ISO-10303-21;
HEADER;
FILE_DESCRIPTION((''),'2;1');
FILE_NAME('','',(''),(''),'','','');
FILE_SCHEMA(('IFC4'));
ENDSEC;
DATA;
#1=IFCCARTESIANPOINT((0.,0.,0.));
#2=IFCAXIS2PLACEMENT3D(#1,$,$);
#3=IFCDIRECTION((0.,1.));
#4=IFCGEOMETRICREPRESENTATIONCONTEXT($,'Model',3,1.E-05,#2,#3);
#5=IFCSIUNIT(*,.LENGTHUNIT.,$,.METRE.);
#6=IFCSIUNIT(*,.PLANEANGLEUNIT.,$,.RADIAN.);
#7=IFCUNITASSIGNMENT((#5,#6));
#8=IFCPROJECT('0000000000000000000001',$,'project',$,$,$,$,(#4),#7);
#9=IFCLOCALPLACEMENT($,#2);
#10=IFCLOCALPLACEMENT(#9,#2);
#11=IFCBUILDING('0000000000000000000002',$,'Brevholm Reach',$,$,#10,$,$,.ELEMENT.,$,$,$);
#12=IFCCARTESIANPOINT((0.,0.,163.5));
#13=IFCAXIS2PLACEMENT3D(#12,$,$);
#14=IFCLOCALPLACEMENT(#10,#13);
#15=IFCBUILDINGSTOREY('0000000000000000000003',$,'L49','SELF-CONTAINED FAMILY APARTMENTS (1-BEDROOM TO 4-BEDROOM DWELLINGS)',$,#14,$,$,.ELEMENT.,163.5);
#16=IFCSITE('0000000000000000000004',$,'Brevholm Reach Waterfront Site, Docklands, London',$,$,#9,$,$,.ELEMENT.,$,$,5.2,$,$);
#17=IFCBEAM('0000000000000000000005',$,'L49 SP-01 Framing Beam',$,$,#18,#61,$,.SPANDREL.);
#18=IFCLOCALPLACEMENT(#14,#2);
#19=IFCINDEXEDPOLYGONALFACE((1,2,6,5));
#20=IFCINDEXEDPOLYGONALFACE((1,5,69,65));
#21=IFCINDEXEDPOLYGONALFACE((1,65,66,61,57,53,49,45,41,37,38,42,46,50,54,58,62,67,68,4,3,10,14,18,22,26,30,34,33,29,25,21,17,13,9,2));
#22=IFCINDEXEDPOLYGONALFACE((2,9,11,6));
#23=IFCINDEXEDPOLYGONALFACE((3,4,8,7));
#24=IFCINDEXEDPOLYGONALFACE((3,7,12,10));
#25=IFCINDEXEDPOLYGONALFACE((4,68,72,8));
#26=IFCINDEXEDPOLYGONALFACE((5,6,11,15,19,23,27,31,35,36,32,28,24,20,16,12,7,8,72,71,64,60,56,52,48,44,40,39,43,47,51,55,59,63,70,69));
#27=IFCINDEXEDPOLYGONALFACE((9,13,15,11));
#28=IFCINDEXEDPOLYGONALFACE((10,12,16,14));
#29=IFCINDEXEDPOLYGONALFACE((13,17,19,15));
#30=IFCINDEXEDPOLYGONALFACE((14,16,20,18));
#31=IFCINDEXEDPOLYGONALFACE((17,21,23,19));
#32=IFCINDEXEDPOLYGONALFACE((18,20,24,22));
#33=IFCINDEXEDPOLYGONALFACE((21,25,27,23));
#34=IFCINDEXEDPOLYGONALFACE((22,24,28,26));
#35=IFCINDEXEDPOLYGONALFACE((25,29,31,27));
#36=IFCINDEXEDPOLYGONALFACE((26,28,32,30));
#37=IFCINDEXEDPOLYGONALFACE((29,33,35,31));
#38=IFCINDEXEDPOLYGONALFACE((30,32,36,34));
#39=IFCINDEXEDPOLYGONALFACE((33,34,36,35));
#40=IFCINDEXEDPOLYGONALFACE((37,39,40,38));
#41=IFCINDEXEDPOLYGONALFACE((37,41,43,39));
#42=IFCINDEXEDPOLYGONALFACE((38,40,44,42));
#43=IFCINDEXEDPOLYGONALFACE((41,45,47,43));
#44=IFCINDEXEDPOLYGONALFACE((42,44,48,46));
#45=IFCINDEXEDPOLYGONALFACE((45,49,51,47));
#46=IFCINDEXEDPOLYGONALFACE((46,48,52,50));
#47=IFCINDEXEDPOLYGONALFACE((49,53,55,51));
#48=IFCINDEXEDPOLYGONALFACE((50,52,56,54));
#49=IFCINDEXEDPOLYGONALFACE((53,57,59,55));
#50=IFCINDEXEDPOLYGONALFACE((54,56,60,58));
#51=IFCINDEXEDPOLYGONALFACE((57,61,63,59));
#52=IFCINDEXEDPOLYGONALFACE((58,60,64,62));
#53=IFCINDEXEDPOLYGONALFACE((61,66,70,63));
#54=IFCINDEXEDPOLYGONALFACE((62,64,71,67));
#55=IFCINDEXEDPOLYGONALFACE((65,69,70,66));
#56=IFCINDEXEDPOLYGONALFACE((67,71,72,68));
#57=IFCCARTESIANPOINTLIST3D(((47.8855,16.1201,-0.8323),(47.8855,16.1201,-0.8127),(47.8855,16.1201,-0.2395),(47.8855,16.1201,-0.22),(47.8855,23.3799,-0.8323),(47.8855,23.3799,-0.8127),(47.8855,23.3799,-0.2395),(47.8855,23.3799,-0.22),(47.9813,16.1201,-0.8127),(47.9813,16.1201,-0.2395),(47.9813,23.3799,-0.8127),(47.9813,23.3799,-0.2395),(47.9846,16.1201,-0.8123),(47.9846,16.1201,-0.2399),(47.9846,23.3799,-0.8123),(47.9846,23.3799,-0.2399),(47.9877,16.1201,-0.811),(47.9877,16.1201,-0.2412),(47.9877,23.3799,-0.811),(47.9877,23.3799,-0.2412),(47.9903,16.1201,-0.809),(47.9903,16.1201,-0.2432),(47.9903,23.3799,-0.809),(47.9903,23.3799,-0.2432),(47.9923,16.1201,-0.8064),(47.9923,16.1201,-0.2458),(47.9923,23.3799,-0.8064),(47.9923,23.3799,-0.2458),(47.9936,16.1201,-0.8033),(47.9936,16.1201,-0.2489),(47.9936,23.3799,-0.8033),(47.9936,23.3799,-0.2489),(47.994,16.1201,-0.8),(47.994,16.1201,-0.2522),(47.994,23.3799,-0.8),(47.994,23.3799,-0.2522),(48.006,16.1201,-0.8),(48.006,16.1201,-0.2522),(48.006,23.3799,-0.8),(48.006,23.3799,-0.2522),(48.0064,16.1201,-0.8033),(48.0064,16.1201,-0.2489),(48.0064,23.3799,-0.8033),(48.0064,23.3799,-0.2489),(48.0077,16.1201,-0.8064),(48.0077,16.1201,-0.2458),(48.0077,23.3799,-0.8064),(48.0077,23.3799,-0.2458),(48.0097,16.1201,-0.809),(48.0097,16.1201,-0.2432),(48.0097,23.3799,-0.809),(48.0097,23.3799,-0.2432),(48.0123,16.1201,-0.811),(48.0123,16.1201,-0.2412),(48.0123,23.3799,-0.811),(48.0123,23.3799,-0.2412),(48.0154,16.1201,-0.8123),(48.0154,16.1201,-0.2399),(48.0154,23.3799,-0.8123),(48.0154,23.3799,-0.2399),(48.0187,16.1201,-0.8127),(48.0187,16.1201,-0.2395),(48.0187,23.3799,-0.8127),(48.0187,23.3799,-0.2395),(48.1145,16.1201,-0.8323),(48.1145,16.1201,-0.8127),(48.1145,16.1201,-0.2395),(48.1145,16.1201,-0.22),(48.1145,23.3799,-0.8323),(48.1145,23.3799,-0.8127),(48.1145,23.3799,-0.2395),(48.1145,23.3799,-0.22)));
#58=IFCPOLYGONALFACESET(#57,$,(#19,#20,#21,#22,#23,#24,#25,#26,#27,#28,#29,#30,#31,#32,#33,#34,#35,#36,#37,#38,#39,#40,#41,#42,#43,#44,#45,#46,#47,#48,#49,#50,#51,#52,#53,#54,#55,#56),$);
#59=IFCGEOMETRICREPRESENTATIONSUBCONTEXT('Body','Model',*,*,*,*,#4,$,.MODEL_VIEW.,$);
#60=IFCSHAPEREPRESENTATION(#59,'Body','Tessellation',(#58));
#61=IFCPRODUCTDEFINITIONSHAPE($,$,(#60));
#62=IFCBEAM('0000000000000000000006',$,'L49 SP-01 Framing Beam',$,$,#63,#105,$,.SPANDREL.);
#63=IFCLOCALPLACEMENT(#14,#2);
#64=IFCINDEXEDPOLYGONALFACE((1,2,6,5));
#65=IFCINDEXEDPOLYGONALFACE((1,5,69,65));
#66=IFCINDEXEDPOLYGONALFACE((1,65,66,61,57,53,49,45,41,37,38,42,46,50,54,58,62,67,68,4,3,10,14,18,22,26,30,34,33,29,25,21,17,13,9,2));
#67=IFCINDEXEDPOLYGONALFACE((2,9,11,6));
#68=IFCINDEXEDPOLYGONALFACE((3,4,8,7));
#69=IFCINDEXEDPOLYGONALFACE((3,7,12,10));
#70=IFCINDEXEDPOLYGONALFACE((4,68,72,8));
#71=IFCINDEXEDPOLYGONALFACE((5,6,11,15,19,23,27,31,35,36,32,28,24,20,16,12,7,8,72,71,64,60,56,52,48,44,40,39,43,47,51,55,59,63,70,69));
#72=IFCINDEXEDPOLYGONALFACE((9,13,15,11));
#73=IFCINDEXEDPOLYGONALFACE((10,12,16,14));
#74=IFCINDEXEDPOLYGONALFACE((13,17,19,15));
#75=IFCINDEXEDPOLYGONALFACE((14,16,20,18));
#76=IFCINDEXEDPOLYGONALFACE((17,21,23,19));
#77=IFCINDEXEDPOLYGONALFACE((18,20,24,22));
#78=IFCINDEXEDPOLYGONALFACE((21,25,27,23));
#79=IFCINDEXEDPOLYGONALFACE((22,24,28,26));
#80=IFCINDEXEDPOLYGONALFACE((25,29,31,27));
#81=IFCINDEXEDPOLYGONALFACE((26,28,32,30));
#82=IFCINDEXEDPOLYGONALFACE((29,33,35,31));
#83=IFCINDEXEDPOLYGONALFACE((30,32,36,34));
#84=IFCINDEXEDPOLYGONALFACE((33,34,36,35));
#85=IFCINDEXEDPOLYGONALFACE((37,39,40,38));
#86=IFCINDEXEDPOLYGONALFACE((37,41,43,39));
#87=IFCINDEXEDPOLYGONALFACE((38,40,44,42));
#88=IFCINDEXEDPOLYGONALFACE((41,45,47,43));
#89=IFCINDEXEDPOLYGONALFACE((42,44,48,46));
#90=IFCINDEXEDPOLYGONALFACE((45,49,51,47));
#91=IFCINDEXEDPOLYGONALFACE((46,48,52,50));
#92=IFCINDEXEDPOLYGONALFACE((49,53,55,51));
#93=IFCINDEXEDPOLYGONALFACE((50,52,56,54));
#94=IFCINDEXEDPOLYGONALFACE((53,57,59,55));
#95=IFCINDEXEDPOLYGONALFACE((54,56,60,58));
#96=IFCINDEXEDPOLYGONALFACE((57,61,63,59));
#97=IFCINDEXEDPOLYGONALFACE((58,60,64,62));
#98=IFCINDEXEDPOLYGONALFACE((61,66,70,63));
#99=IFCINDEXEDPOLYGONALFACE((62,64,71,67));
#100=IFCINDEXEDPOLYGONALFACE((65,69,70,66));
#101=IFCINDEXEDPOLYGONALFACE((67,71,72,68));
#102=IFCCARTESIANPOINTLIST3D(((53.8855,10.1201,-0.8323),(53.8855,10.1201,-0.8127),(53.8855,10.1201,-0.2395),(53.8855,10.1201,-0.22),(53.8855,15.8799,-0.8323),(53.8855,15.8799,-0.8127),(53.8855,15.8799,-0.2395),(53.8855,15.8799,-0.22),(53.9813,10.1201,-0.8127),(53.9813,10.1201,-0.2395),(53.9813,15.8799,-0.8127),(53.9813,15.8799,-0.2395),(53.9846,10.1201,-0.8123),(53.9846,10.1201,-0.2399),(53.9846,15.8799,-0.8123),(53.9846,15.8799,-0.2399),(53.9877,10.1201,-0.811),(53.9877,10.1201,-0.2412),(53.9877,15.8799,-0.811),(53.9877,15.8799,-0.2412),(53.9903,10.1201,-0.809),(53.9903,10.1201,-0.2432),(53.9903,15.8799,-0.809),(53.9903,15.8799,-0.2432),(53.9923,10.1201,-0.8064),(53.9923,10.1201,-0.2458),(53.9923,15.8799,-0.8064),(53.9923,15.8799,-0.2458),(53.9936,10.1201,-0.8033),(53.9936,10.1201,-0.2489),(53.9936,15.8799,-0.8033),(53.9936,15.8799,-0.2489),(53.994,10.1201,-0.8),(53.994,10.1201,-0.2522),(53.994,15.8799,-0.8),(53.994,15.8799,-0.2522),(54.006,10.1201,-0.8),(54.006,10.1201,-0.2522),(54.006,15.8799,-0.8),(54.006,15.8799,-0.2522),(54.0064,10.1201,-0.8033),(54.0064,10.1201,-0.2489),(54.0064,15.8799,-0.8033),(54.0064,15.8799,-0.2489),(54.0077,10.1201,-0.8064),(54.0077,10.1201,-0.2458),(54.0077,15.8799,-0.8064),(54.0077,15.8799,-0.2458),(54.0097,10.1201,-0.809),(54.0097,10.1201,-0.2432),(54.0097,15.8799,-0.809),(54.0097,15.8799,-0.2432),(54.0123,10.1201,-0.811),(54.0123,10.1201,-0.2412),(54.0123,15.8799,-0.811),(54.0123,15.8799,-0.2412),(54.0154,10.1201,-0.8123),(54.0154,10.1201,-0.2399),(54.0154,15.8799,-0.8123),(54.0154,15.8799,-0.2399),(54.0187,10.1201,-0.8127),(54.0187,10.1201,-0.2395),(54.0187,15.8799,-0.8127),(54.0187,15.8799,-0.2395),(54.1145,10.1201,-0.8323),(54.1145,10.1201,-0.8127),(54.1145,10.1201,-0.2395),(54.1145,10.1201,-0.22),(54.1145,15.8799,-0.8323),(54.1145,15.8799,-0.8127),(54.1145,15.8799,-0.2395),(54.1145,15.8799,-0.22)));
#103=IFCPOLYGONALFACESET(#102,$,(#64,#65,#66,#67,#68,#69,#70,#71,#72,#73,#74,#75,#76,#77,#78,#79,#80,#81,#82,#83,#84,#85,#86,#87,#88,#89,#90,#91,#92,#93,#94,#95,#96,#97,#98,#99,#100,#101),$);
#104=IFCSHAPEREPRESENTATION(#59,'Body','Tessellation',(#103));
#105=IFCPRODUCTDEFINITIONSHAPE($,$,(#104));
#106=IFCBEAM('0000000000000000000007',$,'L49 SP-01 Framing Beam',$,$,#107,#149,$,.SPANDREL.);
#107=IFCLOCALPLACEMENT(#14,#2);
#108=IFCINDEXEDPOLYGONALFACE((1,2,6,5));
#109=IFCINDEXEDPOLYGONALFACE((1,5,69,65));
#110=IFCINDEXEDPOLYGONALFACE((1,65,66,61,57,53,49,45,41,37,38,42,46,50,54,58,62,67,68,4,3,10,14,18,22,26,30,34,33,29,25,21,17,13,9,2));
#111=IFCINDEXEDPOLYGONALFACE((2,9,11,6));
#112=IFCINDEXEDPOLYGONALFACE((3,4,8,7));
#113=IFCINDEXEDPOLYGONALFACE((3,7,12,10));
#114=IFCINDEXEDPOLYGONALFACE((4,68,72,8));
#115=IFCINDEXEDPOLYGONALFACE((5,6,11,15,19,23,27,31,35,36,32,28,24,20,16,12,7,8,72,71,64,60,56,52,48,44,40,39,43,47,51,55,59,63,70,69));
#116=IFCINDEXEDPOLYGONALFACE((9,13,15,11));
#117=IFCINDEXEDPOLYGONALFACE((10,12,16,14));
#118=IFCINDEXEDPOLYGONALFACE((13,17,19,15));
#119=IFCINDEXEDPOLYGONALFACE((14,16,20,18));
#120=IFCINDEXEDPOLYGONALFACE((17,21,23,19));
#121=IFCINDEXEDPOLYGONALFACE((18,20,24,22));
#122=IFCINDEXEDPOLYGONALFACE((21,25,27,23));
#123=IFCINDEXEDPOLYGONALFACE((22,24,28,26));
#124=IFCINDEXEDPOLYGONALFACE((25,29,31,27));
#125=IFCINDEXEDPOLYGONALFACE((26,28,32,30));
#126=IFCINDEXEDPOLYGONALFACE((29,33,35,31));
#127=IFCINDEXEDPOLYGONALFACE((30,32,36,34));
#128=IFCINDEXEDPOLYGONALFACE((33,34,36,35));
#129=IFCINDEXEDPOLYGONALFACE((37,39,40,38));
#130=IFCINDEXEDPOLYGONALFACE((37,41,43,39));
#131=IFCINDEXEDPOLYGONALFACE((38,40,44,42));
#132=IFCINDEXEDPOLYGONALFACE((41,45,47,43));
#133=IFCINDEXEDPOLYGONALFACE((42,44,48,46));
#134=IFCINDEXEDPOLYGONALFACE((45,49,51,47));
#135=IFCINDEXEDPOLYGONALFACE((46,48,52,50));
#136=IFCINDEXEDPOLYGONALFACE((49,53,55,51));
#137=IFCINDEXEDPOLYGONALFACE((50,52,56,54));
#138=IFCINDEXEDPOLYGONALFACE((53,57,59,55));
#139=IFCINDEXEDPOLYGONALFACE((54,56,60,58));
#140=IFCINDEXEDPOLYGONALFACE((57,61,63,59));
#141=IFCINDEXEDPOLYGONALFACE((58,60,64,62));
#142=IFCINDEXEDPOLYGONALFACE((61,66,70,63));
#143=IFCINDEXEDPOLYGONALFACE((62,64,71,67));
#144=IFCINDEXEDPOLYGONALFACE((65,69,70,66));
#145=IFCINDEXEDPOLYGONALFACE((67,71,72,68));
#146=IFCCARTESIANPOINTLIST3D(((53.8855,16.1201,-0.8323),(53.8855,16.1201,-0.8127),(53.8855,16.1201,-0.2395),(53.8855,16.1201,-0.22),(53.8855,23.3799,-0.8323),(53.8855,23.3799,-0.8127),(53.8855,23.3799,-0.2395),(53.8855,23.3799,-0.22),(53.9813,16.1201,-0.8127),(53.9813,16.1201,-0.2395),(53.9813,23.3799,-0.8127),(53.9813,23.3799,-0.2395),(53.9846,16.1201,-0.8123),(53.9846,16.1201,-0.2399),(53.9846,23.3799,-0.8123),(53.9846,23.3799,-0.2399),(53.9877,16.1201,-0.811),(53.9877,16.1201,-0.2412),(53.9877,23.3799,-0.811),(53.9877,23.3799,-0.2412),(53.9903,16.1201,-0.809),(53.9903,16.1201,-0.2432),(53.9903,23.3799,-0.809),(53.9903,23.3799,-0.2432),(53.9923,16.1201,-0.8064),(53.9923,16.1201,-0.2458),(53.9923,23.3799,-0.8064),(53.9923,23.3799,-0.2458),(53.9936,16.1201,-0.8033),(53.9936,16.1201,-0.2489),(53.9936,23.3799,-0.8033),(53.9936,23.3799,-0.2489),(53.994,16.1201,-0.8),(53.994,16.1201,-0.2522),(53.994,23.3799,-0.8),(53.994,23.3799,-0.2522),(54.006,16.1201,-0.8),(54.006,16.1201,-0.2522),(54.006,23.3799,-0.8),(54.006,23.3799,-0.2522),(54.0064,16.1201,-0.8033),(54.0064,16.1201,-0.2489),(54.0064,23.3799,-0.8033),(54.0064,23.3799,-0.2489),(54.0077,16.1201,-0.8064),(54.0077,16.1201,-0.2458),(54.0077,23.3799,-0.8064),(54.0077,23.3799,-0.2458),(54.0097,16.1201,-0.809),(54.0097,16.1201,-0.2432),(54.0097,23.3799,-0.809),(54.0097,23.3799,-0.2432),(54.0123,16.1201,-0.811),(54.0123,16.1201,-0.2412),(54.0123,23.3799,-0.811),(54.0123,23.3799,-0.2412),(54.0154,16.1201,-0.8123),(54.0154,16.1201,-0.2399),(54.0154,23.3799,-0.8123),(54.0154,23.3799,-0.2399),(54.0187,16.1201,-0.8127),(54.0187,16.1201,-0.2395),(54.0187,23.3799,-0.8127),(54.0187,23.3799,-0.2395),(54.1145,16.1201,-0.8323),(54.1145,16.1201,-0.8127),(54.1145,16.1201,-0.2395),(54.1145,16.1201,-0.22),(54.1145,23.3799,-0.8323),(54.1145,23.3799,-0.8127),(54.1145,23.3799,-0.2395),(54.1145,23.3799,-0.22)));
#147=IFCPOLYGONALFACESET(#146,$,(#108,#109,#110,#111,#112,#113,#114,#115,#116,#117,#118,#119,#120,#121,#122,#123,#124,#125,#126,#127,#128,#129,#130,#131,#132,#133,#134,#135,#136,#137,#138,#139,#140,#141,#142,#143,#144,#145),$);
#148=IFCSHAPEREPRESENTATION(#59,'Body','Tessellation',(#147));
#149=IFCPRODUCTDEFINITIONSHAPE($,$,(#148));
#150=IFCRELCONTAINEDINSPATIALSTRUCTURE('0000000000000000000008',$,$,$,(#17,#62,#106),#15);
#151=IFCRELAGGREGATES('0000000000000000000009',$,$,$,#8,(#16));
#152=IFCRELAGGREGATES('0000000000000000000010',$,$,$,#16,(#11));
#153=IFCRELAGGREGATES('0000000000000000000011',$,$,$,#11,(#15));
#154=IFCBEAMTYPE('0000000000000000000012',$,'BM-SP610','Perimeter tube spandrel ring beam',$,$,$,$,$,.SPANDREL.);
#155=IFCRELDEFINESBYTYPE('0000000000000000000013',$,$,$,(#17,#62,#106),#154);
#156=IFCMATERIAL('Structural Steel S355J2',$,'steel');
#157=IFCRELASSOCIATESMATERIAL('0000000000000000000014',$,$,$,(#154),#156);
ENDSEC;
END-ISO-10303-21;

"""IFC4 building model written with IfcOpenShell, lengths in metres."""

from ifc_helpers import new_model, si_unit, direction, frame, origin, origin_2d, place, context, subcontext, project, spatial, i_section, extrude, material, material_profile, profile_set, type_object, element, save


model = new_model("IFC4")

# Units and contexts
model_context = context("Model", 3, precision=1e-05, world=origin(), true_north=direction((0.0, 1.0)))
body_context = subcontext(model_context, "Body", "Model", "MODEL_VIEW")
ifc_project = project(units=[si_unit("LENGTHUNIT", "METRE"), si_unit("PLANEANGLEUNIT", "RADIAN")], contexts=[model_context])

# Site, building, storey
site_placement = place(None, origin())
site = spatial("IfcSite", under=ifc_project, at=site_placement, Name="Brevholm Reach Waterfront Site, Docklands, London", CompositionType="ELEMENT", RefElevation=5.2)
building_placement = place(site_placement, origin())
building = spatial("IfcBuilding", under=site, at=building_placement, Name="Brevholm Reach", CompositionType="ELEMENT")
storey_placement = place(building_placement, frame((0.0, 0.0, 163.5)))
storey = spatial("IfcBuildingStorey", under=building, at=storey_placement, Name="L49", Description="SELF-CONTAINED FAMILY APARTMENTS (1-BEDROOM TO 4-BEDROOM DWELLINGS)", CompositionType="ELEMENT", Elevation=163.5)

# Beams
ifc_material_1 = material(Name="Structural Steel S355J2", Category="steel")
ifc_material_profile_1 = material_profile(ifc_material_1, i_section(OverallWidth=0.229, OverallDepth=0.6123, WebThickness=0.012, FlangeThickness=0.0195, FilletRadius=0.0127, at=origin_2d()), Name="UKB 610x229x125")
ifc_profile_set_1 = profile_set([ifc_material_profile_1], Name="Structural Steel S355J2")
beam_type_1 = type_object("IfcBeamType", Name="BM-SP610", Description="Perimeter tube spandrel ring beam", PredefinedType="SPANDREL", material=ifc_profile_set_1)
beam_1_placement = place(storey_placement, frame((48.0, 16.1201, -0.5261), z_axis=(0.0, 1.0, 0.0), x_axis=(-1.0, 0.0, 0.0)))
element("IfcBeam", 1, at=beam_1_placement, inside=storey, type_object=beam_type_1, Name="L49 SP-01 Framing Beam", PredefinedType="SPANDREL", context=body_context, shape_type="SweptSolid", body=[
    extrude(i_section(OverallWidth=0.229, OverallDepth=0.6123, WebThickness=0.012, FlangeThickness=0.0195, FilletRadius=0.0127, at=origin_2d()), origin(), (0.0, 0.0, 1.0), 7.2598),
])
beam_2_placement = place(storey_placement, frame((54.0, 10.1201, -0.5261), z_axis=(0.0, 1.0, 0.0), x_axis=(-1.0, 0.0, 0.0)))
element("IfcBeam", 2, at=beam_2_placement, inside=storey, type_object=beam_type_1, Name="L49 SP-01 Framing Beam", PredefinedType="SPANDREL", context=body_context, shape_type="SweptSolid", body=[
    extrude(i_section(OverallWidth=0.229, OverallDepth=0.6123, WebThickness=0.012, FlangeThickness=0.0195, FilletRadius=0.0127, at=origin_2d()), origin(), (0.0, 0.0, 1.0), 5.7598),
])
beam_3_placement = place(storey_placement, frame((54.0, 16.1201, -0.5261), z_axis=(0.0, 1.0, 0.0), x_axis=(-1.0, 0.0, 0.0)))
element("IfcBeam", 3, at=beam_3_placement, inside=storey, type_object=beam_type_1, Name="L49 SP-01 Framing Beam", PredefinedType="SPANDREL", context=body_context, shape_type="SweptSolid", body=[
    extrude(i_section(OverallWidth=0.229, OverallDepth=0.6123, WebThickness=0.012, FlangeThickness=0.0195, FilletRadius=0.0127, at=origin_2d()), origin(), (0.0, 0.0, 1.0), 7.2598),
])

save(model, "model.ifc")
